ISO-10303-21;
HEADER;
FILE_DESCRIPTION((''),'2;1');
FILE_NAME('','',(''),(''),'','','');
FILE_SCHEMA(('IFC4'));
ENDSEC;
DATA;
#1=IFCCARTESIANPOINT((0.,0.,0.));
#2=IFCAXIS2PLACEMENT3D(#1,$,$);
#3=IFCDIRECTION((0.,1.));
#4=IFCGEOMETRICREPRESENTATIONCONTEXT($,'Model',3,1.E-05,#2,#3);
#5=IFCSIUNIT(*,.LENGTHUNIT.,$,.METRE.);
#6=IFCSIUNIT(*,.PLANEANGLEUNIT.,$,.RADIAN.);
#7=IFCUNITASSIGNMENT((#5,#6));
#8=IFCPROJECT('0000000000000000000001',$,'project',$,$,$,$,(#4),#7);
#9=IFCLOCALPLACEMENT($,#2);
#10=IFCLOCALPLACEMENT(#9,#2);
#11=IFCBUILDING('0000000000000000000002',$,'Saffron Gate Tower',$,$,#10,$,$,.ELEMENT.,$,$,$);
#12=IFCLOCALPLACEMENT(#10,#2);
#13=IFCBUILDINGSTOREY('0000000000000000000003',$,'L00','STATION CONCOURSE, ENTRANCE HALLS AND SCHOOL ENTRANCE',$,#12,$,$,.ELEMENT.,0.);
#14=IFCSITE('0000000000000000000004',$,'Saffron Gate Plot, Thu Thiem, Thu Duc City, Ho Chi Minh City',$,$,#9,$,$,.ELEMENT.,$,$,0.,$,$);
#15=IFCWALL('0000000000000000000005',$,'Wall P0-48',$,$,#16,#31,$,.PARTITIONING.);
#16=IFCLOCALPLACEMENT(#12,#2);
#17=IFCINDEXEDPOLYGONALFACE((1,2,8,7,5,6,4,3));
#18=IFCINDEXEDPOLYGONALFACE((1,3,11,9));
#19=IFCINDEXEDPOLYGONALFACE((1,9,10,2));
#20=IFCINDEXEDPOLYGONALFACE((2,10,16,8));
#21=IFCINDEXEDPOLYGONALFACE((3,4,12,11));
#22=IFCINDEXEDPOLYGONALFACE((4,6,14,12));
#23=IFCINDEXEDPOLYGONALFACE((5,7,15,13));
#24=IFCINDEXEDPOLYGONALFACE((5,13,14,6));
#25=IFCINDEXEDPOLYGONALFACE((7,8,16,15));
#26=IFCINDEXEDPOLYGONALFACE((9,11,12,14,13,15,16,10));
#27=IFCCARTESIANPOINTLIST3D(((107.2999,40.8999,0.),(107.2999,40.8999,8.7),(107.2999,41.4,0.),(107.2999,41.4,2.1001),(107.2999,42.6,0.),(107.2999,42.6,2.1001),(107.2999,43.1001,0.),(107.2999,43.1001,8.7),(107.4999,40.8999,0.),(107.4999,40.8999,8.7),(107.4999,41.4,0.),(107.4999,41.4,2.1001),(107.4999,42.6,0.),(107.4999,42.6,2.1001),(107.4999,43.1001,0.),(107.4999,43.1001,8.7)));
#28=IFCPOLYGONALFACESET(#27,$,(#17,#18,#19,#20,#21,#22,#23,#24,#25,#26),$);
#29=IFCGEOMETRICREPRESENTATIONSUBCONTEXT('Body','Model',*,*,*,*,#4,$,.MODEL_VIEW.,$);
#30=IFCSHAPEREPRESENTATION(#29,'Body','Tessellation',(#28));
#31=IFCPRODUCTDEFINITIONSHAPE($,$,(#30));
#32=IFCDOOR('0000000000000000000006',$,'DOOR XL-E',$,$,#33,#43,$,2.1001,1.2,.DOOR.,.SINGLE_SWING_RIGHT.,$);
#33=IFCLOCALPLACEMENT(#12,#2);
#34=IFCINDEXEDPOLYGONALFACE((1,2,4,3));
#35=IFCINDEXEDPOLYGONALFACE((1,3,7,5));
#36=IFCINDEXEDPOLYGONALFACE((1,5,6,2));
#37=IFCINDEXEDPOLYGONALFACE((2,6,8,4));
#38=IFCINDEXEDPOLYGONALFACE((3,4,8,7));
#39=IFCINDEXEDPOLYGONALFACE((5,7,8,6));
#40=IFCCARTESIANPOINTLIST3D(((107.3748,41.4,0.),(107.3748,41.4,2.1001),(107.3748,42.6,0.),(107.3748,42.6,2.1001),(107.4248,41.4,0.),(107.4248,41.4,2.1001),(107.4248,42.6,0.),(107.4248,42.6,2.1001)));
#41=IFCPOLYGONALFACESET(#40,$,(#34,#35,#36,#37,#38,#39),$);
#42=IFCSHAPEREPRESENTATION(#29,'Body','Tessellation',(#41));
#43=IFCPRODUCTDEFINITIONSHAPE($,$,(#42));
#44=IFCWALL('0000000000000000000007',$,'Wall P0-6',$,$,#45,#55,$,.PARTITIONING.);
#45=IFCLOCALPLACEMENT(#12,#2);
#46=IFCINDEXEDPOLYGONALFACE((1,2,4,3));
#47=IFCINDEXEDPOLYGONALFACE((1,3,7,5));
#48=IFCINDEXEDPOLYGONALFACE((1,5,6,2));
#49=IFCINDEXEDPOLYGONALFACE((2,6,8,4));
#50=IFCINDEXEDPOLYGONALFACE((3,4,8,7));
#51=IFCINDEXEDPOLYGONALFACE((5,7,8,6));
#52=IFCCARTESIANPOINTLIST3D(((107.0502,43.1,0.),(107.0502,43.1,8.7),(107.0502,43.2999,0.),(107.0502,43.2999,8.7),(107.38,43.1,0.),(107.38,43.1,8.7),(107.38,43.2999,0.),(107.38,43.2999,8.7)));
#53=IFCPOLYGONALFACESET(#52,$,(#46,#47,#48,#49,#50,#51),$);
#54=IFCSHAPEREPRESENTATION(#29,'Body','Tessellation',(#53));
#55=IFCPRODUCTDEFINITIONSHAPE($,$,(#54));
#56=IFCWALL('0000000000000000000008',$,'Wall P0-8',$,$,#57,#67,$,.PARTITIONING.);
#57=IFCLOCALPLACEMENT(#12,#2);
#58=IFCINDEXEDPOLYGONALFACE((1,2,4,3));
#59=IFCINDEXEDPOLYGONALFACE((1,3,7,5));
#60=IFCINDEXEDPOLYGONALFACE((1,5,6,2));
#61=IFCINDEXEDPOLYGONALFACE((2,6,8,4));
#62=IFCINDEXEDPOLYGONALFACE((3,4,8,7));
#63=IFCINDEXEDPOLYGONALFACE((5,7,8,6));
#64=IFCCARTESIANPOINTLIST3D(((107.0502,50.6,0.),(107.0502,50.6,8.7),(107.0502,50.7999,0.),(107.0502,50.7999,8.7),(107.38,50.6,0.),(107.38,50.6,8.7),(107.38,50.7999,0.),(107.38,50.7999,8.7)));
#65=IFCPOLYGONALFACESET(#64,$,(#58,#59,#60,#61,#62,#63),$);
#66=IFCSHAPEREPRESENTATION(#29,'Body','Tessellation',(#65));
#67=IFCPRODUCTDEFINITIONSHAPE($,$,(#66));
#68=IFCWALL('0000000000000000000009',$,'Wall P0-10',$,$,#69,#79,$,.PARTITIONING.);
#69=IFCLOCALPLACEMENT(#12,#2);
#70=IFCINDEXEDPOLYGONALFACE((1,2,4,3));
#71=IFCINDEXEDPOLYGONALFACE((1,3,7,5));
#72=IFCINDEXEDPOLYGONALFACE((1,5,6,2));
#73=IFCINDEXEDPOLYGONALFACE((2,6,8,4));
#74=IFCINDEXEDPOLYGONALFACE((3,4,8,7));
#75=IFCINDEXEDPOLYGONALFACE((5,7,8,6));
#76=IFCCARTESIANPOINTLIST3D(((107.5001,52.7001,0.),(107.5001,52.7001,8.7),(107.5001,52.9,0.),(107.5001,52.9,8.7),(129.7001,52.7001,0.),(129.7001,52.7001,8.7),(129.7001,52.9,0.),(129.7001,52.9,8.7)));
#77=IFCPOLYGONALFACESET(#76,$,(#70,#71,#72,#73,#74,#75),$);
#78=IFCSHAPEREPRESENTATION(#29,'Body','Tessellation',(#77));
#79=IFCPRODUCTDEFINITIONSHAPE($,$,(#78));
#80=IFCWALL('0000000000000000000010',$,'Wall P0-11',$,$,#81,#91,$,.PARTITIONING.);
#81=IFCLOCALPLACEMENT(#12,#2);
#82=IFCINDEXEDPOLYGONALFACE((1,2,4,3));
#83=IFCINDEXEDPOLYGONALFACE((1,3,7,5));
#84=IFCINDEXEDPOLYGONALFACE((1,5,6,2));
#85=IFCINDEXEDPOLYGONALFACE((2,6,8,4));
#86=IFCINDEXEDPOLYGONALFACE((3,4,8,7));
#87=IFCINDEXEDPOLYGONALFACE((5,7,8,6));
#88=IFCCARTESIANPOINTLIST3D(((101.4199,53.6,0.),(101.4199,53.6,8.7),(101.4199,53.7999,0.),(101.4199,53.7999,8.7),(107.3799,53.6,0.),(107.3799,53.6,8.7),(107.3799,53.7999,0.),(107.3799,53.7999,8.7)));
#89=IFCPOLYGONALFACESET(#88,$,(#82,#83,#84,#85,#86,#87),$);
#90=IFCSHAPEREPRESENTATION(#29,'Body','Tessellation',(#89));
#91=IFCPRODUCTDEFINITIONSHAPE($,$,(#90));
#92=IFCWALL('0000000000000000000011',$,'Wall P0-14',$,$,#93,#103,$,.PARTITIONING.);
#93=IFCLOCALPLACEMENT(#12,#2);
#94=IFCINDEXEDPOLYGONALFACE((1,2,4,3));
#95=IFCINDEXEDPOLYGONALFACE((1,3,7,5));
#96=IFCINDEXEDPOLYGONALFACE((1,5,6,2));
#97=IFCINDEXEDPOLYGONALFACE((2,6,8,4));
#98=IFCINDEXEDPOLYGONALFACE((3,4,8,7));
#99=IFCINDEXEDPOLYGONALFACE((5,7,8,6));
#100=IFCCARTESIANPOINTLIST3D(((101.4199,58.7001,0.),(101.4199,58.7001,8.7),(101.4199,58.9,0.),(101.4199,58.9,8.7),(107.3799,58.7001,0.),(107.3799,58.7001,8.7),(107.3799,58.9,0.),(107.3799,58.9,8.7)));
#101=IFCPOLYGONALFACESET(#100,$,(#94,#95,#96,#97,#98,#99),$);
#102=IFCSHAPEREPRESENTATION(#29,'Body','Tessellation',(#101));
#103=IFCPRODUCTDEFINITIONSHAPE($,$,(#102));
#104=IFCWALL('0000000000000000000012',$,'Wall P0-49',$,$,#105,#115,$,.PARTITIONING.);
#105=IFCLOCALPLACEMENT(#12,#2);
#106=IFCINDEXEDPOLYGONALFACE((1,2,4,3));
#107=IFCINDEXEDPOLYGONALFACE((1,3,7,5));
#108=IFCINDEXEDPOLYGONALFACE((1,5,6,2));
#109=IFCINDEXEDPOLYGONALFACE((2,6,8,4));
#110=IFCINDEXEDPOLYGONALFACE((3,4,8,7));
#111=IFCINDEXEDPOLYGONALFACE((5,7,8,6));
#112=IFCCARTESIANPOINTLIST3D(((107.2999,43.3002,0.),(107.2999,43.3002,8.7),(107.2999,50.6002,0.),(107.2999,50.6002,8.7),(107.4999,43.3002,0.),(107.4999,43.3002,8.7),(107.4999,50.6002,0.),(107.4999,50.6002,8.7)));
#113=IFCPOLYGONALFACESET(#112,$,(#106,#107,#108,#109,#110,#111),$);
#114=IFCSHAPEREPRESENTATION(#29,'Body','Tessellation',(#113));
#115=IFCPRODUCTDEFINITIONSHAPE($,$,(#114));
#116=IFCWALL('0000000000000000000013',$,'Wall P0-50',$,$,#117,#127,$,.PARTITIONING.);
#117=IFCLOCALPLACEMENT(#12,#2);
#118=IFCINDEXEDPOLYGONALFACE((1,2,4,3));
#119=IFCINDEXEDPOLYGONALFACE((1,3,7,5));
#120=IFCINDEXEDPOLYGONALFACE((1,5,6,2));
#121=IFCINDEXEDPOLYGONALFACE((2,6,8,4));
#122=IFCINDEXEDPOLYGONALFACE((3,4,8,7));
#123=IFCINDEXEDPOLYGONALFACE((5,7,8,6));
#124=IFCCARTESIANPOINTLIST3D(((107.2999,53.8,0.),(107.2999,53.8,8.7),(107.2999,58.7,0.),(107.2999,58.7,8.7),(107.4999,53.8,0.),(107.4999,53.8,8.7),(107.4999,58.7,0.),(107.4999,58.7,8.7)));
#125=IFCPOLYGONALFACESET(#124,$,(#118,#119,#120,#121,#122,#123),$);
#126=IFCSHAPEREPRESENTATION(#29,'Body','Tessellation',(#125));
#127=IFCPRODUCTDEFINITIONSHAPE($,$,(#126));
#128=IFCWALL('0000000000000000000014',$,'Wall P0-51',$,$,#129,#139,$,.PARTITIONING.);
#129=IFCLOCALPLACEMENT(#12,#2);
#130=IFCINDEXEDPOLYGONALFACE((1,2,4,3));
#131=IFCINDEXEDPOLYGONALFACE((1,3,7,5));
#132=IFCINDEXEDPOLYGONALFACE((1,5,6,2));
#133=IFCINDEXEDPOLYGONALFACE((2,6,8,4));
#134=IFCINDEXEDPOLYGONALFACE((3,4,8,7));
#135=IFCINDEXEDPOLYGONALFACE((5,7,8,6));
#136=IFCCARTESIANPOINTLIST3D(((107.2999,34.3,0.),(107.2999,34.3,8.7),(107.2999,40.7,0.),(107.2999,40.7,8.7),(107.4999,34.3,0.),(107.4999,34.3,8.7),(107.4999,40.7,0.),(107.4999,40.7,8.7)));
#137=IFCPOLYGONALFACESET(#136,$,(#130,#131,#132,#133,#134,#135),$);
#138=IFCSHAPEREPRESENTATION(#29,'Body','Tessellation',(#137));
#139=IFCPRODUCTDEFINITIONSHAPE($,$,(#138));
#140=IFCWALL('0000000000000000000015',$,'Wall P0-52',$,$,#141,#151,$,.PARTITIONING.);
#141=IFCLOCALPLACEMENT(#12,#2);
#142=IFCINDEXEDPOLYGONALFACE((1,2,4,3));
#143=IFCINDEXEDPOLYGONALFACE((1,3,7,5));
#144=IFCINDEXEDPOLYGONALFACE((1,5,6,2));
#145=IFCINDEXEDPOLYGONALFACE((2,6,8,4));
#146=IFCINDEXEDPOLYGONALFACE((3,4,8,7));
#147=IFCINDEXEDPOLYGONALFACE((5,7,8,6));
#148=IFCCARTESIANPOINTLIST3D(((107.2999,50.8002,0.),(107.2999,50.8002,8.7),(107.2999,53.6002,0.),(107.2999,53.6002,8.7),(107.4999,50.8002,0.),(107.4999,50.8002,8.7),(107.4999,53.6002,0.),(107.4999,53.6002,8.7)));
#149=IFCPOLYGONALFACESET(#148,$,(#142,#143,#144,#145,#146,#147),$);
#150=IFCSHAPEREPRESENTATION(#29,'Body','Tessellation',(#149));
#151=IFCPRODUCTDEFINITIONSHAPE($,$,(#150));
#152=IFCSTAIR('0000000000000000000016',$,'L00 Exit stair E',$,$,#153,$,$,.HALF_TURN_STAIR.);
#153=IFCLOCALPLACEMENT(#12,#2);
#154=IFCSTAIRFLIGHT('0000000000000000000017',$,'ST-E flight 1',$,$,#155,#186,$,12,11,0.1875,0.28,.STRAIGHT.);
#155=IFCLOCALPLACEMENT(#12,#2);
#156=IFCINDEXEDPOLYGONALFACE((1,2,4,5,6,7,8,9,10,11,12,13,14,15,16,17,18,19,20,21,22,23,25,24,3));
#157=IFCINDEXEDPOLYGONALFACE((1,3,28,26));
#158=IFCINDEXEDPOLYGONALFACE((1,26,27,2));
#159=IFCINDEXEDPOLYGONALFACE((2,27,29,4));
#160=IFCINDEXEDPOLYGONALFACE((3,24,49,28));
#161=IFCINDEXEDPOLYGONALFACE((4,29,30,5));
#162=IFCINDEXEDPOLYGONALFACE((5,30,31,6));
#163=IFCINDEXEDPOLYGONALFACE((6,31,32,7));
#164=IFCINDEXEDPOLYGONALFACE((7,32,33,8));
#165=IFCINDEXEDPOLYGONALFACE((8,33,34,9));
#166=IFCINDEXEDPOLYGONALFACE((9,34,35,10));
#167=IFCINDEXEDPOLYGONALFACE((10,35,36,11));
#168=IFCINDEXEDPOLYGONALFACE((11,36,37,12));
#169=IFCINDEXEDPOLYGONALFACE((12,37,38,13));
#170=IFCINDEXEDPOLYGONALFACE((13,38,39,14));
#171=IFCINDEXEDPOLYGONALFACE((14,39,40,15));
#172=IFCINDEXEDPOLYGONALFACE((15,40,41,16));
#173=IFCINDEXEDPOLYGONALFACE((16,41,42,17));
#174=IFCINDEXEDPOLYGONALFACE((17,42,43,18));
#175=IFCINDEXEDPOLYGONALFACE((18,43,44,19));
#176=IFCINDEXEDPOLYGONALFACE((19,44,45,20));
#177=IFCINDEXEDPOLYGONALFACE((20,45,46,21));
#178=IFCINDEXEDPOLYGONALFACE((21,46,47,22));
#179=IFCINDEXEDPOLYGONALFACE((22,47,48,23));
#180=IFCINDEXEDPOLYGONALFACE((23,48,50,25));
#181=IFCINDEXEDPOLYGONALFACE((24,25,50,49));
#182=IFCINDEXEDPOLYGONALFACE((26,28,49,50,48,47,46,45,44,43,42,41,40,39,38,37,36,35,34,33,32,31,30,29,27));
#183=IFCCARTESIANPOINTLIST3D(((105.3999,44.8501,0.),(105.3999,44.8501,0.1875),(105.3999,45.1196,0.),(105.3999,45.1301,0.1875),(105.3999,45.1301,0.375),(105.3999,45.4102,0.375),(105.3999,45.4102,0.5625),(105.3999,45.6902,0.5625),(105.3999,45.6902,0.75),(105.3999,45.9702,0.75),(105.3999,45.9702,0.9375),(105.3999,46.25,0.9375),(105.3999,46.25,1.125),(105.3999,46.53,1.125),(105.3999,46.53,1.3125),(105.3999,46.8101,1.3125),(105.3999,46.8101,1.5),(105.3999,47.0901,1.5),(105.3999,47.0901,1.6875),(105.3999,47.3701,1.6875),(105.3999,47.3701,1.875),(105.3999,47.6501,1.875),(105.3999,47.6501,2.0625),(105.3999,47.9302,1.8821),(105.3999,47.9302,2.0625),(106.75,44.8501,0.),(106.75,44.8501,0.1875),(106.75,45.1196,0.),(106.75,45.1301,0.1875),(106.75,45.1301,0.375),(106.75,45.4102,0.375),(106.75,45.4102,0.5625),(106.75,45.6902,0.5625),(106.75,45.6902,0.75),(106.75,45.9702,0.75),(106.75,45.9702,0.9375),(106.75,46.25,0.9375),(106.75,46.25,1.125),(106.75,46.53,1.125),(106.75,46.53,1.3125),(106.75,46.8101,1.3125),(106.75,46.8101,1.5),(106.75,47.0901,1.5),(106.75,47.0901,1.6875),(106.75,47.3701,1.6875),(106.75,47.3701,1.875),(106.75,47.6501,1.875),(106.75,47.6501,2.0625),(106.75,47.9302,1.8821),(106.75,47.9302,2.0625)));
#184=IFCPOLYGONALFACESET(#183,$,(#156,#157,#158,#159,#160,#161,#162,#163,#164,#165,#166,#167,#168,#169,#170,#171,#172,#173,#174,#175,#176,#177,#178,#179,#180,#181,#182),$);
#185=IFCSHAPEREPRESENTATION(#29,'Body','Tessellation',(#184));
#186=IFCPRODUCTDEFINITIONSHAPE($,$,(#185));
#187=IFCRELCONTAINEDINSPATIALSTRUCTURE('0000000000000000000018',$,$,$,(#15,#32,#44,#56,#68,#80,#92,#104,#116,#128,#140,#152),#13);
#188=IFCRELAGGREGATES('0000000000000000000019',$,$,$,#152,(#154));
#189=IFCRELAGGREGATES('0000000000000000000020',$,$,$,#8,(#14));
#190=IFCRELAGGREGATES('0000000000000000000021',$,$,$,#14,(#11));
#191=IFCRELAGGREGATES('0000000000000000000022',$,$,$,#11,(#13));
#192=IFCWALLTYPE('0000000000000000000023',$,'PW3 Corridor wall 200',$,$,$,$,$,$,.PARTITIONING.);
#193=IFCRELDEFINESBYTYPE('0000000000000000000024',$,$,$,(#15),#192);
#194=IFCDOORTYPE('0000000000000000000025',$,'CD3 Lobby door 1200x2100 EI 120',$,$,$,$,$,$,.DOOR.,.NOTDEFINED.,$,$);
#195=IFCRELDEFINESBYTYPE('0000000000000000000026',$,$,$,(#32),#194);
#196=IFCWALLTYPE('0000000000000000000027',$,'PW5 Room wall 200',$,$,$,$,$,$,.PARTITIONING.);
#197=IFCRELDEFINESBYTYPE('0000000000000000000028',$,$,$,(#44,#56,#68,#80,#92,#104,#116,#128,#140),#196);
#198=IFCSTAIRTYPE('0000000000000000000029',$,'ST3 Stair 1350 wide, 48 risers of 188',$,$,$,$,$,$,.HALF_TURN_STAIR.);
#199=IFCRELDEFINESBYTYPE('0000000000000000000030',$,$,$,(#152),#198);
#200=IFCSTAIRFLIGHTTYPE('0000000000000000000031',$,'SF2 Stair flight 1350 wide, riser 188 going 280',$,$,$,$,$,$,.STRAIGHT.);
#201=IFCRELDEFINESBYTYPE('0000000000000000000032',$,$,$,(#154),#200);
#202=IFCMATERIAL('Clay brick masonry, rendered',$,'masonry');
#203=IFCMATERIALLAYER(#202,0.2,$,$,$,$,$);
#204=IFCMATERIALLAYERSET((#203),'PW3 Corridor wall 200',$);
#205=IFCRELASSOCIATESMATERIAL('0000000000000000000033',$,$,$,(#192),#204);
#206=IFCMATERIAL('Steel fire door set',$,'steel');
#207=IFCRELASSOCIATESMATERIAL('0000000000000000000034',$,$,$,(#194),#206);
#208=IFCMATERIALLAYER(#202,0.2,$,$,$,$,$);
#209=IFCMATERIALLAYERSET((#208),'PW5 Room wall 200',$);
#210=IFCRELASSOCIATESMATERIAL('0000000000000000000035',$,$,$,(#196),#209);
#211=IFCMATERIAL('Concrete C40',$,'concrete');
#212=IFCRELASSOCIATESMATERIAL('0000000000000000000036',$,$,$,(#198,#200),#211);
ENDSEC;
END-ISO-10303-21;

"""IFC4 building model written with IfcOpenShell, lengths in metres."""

from ifc_helpers import new_model, si_unit, direction, frame, frame_2d, origin, place, context, subcontext, project, spatial, polyline, rectangle, outline, extrude, material, layer, layer_set, type_object, element, fill, aggregate, save


model = new_model("IFC4")

# Units and contexts
model_context = context("Model", 3, precision=1e-05, world=origin(), true_north=direction((0.0, 1.0)))
body_context = subcontext(model_context, "Body", "Model", "MODEL_VIEW")
ifc_project = project(units=[si_unit("LENGTHUNIT", "METRE"), si_unit("PLANEANGLEUNIT", "RADIAN")], contexts=[model_context])

# Site, building, storey
site_placement = place(None, origin())
site = spatial("IfcSite", under=ifc_project, at=site_placement, Name="Saffron Gate Plot, Thu Thiem, Thu Duc City, Ho Chi Minh City", CompositionType="ELEMENT", RefElevation=0.0)
building_placement = place(site_placement, origin())
building = spatial("IfcBuilding", under=site, at=building_placement, Name="Saffron Gate Tower", CompositionType="ELEMENT")
storey_placement = place(building_placement, origin())
storey = spatial("IfcBuildingStorey", under=building, at=storey_placement, Name="L00", Description="STATION CONCOURSE, ENTRANCE HALLS AND SCHOOL ENTRANCE", CompositionType="ELEMENT", Elevation=0.0)

# Shared definitions
ifc_material_1 = material(Name="Steel fire door set", Category="steel")

# Shared definitions
ifc_material_2 = material(Name="Clay brick masonry, rendered", Category="masonry")
ifc_layer_1 = layer(ifc_material_2, 0.2)
ifc_layer_set_1 = layer_set([ifc_layer_1], Name="PW3 Corridor wall 200")
wall_type_1 = type_object("IfcWallType", Name="PW3 Corridor wall 200", PredefinedType="PARTITIONING", material=ifc_layer_set_1)

# Wall, opening, door
wall_1_placement = place(storey_placement, frame((107.3999, 43.1001, 0.0), z_axis=(0.0, 0.0, 1.0), x_axis=(0.0, -1.0, 0.0)))
wall_1 = element("IfcWall", 1, at=wall_1_placement, inside=storey, type_object=wall_type_1, Name="Wall P0-48", PredefinedType="PARTITIONING", context=body_context, shape_type="SweptSolid", body=[
    extrude(rectangle(XDim=2.2002, YDim=0.2, at=frame_2d((1.1001, 0.0))), origin(), (0.0, 0.0, 1.0), 8.7),
])
opening_1_placement = place(wall_1_placement, frame((0.5, 0.0, 0.0)))
opening_1 = element("IfcOpeningElement", 2, at=opening_1_placement, cuts=wall_1, PredefinedType="OPENING", context=body_context, shape_type="SweptSolid", body=[
    extrude(rectangle(XDim=1.2, YDim=2.1001, at=frame_2d((0.6001, 1.05))), frame((0.0, 0.1099, 0.0), z_axis=(0.0, -1.0, 0.0), x_axis=(1.0, 0.0, 0.0)), (0.0, 0.0, 1.0), 0.22),
])
door_type_1 = type_object("IfcDoorType", Name="CD3 Lobby door 1200x2100 EI 120", OperationType="NOTDEFINED", PredefinedType="DOOR", material=ifc_material_1)
door_1_placement = place(opening_1_placement, origin())
door_1 = element("IfcDoor", 3, at=door_1_placement, inside=storey, type_object=door_type_1, Name="DOOR XL-E", OperationType="SINGLE_SWING_RIGHT", OverallHeight=2.1001, OverallWidth=1.2, PredefinedType="DOOR", context=body_context, shape_type="SweptSolid", body=[
    extrude(rectangle(XDim=1.2, YDim=2.1001, at=frame_2d((0.6001, 1.05))), frame((0.0, 0.0249, 0.0), z_axis=(0.0, -1.0, 0.0), x_axis=(1.0, 0.0, 0.0)), (0.0, 0.0, 1.0), 0.05),
])
fill(opening_1, door_1)

# Walls
ifc_layer_2 = layer(ifc_material_2, 0.2)
ifc_layer_set_2 = layer_set([ifc_layer_2], Name="PW5 Room wall 200")
wall_type_2 = type_object("IfcWallType", Name="PW5 Room wall 200", PredefinedType="PARTITIONING", material=ifc_layer_set_2)
for number, where, z_axis, x_axis, name in (
    (4, (107.05, 43.2, 0.0), (0.0, 0.0, 1.0), (1.0, 0.0, 0.0), "Wall P0-6"),
    (5, (107.05, 50.7, 0.0), (0.0, 0.0, 1.0), (1.0, 0.0, 0.0), "Wall P0-8"),
):
    element("IfcWall", number, at=place(storey_placement, frame(where, z_axis=z_axis, x_axis=x_axis)), inside=storey, type_object=wall_type_2, Name=name, PredefinedType="PARTITIONING", context=body_context, shape_type="SweptSolid", body=[
        extrude(rectangle(XDim=0.3298, YDim=0.2, at=frame_2d((0.165, 0.0))), origin(), (0.0, 0.0, 1.0), 8.7),
    ])
wall_2_placement = place(storey_placement, frame((107.5, 52.8, 0.0), z_axis=(0.0, 0.0, 1.0), x_axis=(1.0, 0.0, 0.0)))
element("IfcWall", 6, at=wall_2_placement, inside=storey, type_object=wall_type_2, Name="Wall P0-10", PredefinedType="PARTITIONING", context=body_context, shape_type="SweptSolid", body=[
    extrude(rectangle(XDim=22.2, YDim=0.2, at=frame_2d((11.1001, 0.0))), origin(), (0.0, 0.0, 1.0), 8.7),
])
for number, where, z_axis, x_axis, name in (
    (7, (101.4199, 53.7, 0.0), (0.0, 0.0, 1.0), (1.0, 0.0, 0.0), "Wall P0-11"),
    (8, (101.4199, 58.8, 0.0), (0.0, 0.0, 1.0), (1.0, 0.0, 0.0), "Wall P0-14"),
):
    element("IfcWall", number, at=place(storey_placement, frame(where, z_axis=z_axis, x_axis=x_axis)), inside=storey, type_object=wall_type_2, Name=name, PredefinedType="PARTITIONING", context=body_context, shape_type="SweptSolid", body=[
        extrude(rectangle(XDim=5.96, YDim=0.2, at=frame_2d((2.98, 0.0))), origin(), (0.0, 0.0, 1.0), 8.7),
    ])
wall_3_placement = place(storey_placement, frame((107.3999, 50.6001, 0.0), z_axis=(0.0, 0.0, 1.0), x_axis=(0.0, -1.0, 0.0)))
element("IfcWall", 9, at=wall_3_placement, inside=storey, type_object=wall_type_2, Name="Wall P0-49", PredefinedType="PARTITIONING", context=body_context, shape_type="SweptSolid", body=[
    extrude(rectangle(XDim=7.3, YDim=0.2, at=frame_2d((3.6499, 0.0))), origin(), (0.0, 0.0, 1.0), 8.7),
])
wall_4_placement = place(storey_placement, frame((107.3999, 58.7, 0.0), z_axis=(0.0, 0.0, 1.0), x_axis=(0.0, -1.0, 0.0)))
element("IfcWall", 10, at=wall_4_placement, inside=storey, type_object=wall_type_2, Name="Wall P0-50", PredefinedType="PARTITIONING", context=body_context, shape_type="SweptSolid", body=[
    extrude(rectangle(XDim=4.8999, YDim=0.2, at=frame_2d((2.45, 0.0))), origin(), (0.0, 0.0, 1.0), 8.7),
])
wall_5_placement = place(storey_placement, frame((107.3999, 40.7, 0.0), z_axis=(0.0, 0.0, 1.0), x_axis=(0.0, -1.0, 0.0)))
element("IfcWall", 11, at=wall_5_placement, inside=storey, type_object=wall_type_2, Name="Wall P0-51", PredefinedType="PARTITIONING", context=body_context, shape_type="SweptSolid", body=[
    extrude(rectangle(XDim=6.3999, YDim=0.2, at=frame_2d((3.2, 0.0))), origin(), (0.0, 0.0, 1.0), 8.7),
])
wall_6_placement = place(storey_placement, frame((107.3999, 53.6001, 0.0), z_axis=(0.0, 0.0, 1.0), x_axis=(0.0, -1.0, 0.0)))
element("IfcWall", 12, at=wall_6_placement, inside=storey, type_object=wall_type_2, Name="Wall P0-52", PredefinedType="PARTITIONING", context=body_context, shape_type="SweptSolid", body=[
    extrude(rectangle(XDim=2.8, YDim=0.2, at=frame_2d((1.3999, 0.0))), origin(), (0.0, 0.0, 1.0), 8.7),
])

# Stair, stair flight
ifc_material_3 = material(Name="Concrete C40", Category="concrete")
stair_type = type_object("IfcStairType", Name="ST3 Stair 1350 wide, 48 risers of 188", PredefinedType="HALF_TURN_STAIR", material=ifc_material_3)
stair_placement = place(storey_placement, origin())
stair = element("IfcStair", 13, at=stair_placement, inside=storey, type_object=stair_type, Name="L00 Exit stair E", PredefinedType="HALF_TURN_STAIR")
stair_flight_type = type_object("IfcStairFlightType", Name="SF2 Stair flight 1350 wide, riser 188 going 280", PredefinedType="STRAIGHT", material=ifc_material_3)
stair_flight_1_placement = place(storey_placement, frame((106.075, 44.8501, 0.0), z_axis=(0.0, 0.0, 1.0), x_axis=(0.0, 1.0, 0.0)))
stair_flight_1 = element("IfcStairFlight", 14, at=stair_flight_1_placement, type_object=stair_flight_type, Name="ST-E flight 1", NumberOfRisers=12, NumberOfTreads=11, PredefinedType="STRAIGHT", RiserHeight=0.1875, TreadLength=0.28, context=body_context, shape_type="SweptSolid", body=[
    extrude(outline(polyline([(0.0, 0.0), (0.0, 0.1875), (0.28, 0.1875), (0.28, 0.375), (0.5601, 0.375), (0.5601, 0.5625), (0.8401, 0.5625), (0.8401, 0.75), (1.1201, 0.75), (1.1201, 0.9375), (1.3999, 0.9375), (1.3999, 1.125), (1.6799, 1.125), (1.6799, 1.3125), (1.96, 1.3125), (1.96, 1.5), (2.24, 1.5), (2.24, 1.6875), (2.52, 1.6875), (2.52, 1.875), (2.8, 1.875), (2.8, 2.0625), (3.0801, 2.0625), (3.0801, 2.25), (3.0801, 1.8821), (0.2695, 0.0), (0.0, 0.0)])), frame((0.0, 0.675, 0.0), z_axis=(0.0, -1.0, 0.0), x_axis=(1.0, 0.0, 0.0)), (0.0, 0.0, 1.0), 1.3501),
])
aggregate(stair, [stair_flight_1])

save(model, "model.ifc")
